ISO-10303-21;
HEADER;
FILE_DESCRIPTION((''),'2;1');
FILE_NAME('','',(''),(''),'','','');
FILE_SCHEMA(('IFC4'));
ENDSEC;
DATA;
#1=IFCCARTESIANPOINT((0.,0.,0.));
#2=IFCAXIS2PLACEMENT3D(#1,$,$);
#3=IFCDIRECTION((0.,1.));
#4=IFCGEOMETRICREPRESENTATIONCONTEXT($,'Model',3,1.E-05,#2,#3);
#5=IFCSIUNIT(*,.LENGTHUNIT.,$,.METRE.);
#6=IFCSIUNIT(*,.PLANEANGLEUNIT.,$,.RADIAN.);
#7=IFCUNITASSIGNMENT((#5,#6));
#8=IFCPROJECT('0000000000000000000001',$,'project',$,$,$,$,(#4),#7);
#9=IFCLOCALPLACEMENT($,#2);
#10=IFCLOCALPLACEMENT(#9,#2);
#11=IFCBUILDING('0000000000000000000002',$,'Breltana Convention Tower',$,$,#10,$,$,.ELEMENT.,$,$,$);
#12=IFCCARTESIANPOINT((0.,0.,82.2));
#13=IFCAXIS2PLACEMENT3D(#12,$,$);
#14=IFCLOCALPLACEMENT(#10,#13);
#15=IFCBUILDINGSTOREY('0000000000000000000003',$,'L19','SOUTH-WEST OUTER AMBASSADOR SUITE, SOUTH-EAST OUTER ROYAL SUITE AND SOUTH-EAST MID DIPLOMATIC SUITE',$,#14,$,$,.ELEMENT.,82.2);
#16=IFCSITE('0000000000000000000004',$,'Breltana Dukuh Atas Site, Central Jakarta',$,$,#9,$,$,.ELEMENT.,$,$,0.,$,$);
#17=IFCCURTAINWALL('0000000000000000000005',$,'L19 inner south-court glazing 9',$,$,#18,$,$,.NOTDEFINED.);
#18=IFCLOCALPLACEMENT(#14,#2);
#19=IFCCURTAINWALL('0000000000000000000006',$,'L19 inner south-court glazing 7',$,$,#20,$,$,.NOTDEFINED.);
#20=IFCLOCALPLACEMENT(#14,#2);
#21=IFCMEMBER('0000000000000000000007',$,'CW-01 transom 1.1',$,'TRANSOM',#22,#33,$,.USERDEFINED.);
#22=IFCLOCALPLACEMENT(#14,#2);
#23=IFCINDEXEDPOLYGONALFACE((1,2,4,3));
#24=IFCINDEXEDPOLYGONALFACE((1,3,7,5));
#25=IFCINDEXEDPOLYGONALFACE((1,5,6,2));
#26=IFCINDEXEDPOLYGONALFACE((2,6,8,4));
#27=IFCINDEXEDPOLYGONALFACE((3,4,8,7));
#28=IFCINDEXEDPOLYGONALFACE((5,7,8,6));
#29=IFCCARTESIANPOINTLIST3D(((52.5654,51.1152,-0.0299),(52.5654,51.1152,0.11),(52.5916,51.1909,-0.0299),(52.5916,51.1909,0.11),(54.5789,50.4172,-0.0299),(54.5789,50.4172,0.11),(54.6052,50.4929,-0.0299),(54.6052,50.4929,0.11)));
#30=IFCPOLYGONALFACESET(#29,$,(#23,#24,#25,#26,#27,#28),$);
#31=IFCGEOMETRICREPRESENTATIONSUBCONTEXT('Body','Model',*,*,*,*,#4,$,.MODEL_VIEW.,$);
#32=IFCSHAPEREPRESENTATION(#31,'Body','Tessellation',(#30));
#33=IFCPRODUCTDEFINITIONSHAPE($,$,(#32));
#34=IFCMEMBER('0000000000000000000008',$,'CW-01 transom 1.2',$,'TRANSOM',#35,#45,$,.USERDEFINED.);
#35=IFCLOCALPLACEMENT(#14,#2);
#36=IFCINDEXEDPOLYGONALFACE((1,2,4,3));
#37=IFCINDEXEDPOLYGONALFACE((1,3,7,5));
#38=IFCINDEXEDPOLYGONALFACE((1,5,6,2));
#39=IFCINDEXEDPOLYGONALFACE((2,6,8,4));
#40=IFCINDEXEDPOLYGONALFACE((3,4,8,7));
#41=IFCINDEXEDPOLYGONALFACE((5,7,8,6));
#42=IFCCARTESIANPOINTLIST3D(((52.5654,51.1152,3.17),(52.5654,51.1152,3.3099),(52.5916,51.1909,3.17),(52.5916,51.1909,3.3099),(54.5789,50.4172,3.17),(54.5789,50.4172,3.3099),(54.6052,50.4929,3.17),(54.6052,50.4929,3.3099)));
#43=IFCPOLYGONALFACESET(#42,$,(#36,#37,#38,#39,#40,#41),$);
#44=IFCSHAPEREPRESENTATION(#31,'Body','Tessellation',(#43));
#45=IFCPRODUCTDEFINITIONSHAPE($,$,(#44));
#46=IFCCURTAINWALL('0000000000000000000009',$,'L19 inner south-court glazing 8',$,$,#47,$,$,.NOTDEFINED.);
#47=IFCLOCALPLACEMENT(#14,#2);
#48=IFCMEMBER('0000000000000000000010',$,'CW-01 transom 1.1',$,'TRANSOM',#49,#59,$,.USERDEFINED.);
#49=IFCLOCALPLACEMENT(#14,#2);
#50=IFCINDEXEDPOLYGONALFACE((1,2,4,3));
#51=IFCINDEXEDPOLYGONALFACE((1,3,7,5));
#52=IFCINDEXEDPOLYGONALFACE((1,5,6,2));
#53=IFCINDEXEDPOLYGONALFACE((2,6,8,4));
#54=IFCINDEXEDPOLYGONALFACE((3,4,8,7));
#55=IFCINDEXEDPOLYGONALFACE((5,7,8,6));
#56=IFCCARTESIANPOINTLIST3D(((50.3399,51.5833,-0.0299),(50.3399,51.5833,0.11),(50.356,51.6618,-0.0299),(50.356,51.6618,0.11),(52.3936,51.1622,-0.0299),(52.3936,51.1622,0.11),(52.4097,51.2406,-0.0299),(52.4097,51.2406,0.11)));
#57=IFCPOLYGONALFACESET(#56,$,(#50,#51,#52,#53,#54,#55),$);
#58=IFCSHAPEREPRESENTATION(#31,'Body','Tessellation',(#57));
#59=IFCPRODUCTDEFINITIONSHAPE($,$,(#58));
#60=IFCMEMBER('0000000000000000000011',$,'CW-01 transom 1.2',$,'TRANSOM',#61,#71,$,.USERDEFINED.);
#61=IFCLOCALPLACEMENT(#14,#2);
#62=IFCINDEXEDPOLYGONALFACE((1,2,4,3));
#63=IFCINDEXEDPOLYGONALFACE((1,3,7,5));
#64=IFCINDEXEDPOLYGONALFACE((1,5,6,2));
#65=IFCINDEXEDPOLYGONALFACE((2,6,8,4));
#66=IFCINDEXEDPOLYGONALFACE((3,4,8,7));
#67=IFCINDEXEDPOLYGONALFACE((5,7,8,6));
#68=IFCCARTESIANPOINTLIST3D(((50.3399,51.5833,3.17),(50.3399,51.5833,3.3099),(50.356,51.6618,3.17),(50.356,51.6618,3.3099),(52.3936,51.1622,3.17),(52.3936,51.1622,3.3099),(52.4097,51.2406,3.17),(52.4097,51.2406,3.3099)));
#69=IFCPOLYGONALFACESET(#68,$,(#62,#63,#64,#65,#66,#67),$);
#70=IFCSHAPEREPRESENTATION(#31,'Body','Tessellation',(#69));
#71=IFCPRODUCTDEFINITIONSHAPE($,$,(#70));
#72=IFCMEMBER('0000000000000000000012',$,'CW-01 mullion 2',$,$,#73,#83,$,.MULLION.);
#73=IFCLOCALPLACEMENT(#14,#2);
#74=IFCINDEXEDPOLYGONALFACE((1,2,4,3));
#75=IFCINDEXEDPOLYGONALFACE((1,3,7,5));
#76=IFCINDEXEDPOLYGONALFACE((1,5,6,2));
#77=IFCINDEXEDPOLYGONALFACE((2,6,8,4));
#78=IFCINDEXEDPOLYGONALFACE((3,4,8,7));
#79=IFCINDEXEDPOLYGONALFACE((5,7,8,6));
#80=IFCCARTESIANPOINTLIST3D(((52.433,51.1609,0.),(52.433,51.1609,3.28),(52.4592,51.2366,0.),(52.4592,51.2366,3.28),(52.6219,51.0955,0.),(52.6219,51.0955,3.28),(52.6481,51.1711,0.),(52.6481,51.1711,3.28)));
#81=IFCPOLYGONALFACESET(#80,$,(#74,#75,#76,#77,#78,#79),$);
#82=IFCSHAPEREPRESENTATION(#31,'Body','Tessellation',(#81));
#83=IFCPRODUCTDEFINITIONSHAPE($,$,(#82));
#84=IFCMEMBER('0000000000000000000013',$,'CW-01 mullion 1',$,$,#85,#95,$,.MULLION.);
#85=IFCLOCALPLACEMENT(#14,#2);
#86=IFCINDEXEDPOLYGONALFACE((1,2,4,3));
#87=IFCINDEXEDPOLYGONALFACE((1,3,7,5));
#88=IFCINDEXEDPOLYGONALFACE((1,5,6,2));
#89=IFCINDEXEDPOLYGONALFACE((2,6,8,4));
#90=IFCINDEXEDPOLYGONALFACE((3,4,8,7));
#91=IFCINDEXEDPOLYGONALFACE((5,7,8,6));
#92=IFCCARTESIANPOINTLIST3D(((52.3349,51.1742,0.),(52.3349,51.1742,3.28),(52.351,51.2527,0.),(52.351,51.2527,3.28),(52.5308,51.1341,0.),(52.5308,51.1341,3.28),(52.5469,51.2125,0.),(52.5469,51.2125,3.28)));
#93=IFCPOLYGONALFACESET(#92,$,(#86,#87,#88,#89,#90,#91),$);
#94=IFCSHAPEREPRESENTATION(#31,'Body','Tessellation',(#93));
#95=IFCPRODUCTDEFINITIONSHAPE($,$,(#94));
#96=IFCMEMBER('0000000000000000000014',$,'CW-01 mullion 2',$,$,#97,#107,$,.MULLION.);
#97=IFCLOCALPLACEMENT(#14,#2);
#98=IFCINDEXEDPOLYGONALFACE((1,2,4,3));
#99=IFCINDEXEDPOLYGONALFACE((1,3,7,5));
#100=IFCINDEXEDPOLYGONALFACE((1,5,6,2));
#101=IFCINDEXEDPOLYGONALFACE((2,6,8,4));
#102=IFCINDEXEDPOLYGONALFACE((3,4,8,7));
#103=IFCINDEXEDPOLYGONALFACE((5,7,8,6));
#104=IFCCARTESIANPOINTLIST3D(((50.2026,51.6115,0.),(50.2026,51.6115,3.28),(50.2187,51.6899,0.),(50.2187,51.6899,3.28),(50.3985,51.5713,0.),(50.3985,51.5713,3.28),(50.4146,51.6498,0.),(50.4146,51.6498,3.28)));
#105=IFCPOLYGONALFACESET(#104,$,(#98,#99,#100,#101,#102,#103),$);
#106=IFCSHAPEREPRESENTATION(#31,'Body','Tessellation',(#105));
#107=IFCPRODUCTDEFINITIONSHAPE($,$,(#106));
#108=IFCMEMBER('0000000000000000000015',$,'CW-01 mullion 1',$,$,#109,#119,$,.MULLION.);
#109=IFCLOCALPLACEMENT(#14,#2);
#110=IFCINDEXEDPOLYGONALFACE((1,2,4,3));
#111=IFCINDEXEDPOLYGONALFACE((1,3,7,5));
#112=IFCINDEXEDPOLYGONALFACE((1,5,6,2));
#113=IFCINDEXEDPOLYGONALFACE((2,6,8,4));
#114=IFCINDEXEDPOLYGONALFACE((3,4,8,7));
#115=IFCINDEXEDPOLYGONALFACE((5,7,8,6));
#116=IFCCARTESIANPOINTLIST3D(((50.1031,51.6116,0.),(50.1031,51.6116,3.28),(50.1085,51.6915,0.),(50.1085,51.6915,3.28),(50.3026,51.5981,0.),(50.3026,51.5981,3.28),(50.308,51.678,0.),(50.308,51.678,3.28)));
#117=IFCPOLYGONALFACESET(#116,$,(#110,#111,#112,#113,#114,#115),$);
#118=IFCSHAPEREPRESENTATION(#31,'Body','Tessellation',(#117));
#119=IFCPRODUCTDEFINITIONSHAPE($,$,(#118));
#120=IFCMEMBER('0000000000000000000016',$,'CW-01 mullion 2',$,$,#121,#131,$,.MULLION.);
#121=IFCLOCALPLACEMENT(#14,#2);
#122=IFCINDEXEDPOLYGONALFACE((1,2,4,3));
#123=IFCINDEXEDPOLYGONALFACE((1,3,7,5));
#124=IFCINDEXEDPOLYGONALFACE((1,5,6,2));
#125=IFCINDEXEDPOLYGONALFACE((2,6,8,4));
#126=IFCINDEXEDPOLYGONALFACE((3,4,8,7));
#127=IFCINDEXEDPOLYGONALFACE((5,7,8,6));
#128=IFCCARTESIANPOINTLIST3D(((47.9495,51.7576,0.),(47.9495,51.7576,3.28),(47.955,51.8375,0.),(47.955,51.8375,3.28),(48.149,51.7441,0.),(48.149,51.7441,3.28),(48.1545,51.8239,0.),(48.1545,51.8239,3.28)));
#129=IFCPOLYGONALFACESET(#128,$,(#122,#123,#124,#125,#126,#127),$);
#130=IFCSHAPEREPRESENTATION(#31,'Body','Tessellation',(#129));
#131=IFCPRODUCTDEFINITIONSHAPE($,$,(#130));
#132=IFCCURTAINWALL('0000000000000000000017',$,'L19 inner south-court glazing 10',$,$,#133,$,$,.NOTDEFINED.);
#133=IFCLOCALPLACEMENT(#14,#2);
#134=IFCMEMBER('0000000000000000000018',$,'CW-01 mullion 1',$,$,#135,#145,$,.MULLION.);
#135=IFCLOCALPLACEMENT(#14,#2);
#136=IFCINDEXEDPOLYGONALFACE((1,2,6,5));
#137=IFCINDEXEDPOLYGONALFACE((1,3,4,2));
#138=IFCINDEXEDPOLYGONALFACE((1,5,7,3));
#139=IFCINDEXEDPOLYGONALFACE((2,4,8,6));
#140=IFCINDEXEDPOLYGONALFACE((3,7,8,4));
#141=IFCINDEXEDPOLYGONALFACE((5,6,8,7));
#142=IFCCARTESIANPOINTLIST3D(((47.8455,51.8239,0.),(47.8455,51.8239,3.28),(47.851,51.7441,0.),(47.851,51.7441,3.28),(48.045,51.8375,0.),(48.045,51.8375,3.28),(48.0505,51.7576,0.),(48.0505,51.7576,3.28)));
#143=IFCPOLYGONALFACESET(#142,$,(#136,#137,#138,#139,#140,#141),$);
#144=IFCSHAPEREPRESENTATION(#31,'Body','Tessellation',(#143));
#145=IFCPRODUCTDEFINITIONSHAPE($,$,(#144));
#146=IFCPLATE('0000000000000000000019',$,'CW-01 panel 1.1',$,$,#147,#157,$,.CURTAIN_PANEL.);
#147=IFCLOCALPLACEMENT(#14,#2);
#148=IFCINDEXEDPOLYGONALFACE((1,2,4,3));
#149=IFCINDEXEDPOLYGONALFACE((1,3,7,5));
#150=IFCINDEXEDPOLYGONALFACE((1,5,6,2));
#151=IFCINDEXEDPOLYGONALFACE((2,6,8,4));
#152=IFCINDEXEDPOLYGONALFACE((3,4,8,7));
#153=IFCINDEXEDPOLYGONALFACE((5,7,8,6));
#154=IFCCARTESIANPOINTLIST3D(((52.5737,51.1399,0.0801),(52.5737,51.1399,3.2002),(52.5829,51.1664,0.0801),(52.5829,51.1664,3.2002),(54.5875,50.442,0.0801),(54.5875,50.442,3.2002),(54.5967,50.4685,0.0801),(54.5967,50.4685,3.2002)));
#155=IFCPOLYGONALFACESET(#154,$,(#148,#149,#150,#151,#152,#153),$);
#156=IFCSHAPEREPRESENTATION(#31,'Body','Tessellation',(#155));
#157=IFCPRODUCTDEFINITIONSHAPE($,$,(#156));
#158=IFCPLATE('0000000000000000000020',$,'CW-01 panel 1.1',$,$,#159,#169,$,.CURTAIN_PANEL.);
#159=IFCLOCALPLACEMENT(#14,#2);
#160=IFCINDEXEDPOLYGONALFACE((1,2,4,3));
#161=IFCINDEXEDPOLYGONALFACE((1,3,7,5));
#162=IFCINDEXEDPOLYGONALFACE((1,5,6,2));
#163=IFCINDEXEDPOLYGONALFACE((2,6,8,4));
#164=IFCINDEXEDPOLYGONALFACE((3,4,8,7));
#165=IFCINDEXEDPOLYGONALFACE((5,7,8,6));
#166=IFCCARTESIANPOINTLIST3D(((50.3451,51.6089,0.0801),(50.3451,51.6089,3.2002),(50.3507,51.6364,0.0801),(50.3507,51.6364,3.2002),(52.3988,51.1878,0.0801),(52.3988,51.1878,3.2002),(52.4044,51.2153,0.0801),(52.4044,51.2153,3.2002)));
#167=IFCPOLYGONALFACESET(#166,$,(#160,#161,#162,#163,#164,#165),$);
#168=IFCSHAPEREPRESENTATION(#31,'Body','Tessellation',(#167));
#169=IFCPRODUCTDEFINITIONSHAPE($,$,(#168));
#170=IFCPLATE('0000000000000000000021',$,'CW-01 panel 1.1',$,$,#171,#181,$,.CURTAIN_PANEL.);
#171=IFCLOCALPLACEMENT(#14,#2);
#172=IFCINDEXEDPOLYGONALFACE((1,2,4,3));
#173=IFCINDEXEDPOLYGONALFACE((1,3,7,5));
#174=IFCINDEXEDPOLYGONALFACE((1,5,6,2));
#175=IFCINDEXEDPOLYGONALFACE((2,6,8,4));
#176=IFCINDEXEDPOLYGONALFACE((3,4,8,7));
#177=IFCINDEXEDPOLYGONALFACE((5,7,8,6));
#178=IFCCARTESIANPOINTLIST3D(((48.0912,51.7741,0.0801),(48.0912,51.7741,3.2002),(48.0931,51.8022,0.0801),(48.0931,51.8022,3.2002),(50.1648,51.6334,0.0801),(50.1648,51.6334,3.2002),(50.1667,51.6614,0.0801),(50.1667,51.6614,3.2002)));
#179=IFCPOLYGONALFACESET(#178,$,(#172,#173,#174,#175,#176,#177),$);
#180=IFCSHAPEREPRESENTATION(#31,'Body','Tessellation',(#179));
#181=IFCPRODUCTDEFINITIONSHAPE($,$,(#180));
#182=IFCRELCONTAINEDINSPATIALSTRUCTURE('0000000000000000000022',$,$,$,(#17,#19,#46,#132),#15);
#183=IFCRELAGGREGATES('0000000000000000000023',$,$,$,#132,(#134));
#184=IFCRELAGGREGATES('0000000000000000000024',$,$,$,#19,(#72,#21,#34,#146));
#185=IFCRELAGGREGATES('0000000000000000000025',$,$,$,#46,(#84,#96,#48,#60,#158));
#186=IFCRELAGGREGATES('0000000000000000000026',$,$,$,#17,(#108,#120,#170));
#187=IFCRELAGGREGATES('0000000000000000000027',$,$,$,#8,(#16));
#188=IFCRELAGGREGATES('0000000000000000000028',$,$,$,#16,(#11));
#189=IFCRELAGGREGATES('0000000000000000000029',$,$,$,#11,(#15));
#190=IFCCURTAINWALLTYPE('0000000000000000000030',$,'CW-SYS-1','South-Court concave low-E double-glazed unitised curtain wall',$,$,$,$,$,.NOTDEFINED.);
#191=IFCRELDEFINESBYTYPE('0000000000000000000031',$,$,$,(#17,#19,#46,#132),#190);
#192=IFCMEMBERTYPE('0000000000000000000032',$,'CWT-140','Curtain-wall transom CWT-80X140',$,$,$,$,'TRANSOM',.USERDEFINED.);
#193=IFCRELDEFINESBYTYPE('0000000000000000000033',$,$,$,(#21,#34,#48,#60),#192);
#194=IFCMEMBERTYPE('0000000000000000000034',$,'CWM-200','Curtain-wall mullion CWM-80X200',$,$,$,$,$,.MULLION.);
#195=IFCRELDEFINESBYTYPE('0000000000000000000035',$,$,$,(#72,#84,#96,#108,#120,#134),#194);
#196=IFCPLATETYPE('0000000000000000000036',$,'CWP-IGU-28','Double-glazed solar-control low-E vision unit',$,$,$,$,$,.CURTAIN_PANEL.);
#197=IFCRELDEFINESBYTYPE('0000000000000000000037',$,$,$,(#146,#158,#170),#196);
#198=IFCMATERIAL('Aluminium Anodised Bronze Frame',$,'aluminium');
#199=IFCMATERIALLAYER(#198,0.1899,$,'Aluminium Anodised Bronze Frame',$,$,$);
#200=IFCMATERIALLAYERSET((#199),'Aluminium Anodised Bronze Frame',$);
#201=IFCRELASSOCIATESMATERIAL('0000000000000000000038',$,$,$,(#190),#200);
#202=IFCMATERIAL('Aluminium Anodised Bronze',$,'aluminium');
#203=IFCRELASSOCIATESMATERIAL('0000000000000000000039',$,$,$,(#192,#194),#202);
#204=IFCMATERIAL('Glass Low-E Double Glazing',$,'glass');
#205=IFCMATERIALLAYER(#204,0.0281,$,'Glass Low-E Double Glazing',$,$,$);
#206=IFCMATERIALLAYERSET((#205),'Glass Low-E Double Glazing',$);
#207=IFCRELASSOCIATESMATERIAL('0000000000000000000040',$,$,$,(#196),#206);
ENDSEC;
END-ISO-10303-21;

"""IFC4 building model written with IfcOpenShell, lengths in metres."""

from ifc_helpers import new_model, si_unit, direction, frame, origin, origin_2d, place, context, subcontext, project, spatial, rectangle, extrude, source, transform, mapped, material, layer, layer_set, material_profile, profile_set, type_object, element, aggregate, save


model = new_model("IFC4")

# Units and contexts
model_context = context("Model", 3, precision=1e-05, world=origin(), true_north=direction((0.0, 1.0)))
body_context = subcontext(model_context, "Body", "Model", "MODEL_VIEW")
ifc_project = project(units=[si_unit("LENGTHUNIT", "METRE"), si_unit("PLANEANGLEUNIT", "RADIAN")], contexts=[model_context])

# Site, building, storey
site_placement = place(None, origin())
site = spatial("IfcSite", under=ifc_project, at=site_placement, Name="Breltana Dukuh Atas Site, Central Jakarta", CompositionType="ELEMENT", RefElevation=0.0)
building_placement = place(site_placement, origin())
building = spatial("IfcBuilding", under=site, at=building_placement, Name="Breltana Convention Tower", CompositionType="ELEMENT")
storey_placement = place(building_placement, frame((0.0, 0.0, 82.2)))
storey = spatial("IfcBuildingStorey", under=building, at=storey_placement, Name="L19", Description="SOUTH-WEST OUTER AMBASSADOR SUITE, SOUTH-EAST OUTER ROYAL SUITE AND SOUTH-EAST MID DIPLOMATIC SUITE", CompositionType="ELEMENT", Elevation=82.2)

# Curtain walls, members
ifc_material_1 = material(Name="Aluminium Anodised Bronze Frame", Category="aluminium")
ifc_layer_1 = layer(ifc_material_1, 0.1899, Name="Aluminium Anodised Bronze Frame")
ifc_layer_set_1 = layer_set([ifc_layer_1], Name="Aluminium Anodised Bronze Frame")
curtain_wall_type = type_object("IfcCurtainWallType", Name="CW-SYS-1", Description="South-Court concave low-E double-glazed unitised curtain wall", PredefinedType="NOTDEFINED", material=ifc_layer_set_1)
curtain_wall_1_placement = place(storey_placement, origin())
curtain_wall_1 = element("IfcCurtainWall", 1, at=curtain_wall_1_placement, inside=storey, type_object=curtain_wall_type, Name="L19 inner south-court glazing 9", PredefinedType="NOTDEFINED")
ifc_material_2 = material(Name="Aluminium Anodised Bronze", Category="aluminium")
ifc_material_profile_1 = material_profile(ifc_material_2, rectangle(XDim=0.0801, YDim=0.1399, at=origin_2d()), Name="CWT-80X140")
ifc_profile_set_1 = profile_set([ifc_material_profile_1], Name="Aluminium Anodised Bronze")
member_type_1 = type_object("IfcMemberType", Name="CWT-140", Description="Curtain-wall transom CWT-80X140", ElementType="TRANSOM", PredefinedType="USERDEFINED", material=ifc_profile_set_1)
curtain_wall_2_placement = place(storey_placement, origin())
curtain_wall_2 = element("IfcCurtainWall", 2, at=curtain_wall_2_placement, inside=storey, type_object=curtain_wall_type, Name="L19 inner south-court glazing 7", PredefinedType="NOTDEFINED")
shared_shape_1 = source(origin(), body_context, "Body", "SweptSolid", [
    extrude(rectangle(XDim=0.0801, YDim=0.1399, at=origin_2d()), origin(), (0.0, 0.0, 1.0), 2.1311),
])
member_1_placement = place(storey_placement, frame((54.592, 50.4551, 0.04), z_axis=(-0.944847, 0.327512, 0.0), x_axis=(-0.327512, -0.944847, 0.0)))
member_1 = element("IfcMember", 3, at=member_1_placement, type_object=member_type_1, Name="CW-01 transom 1.1", ObjectType="TRANSOM", PredefinedType="USERDEFINED", context=body_context, shape_type="MappedRepresentation", body=[
    mapped(shared_shape_1, transform((0.0, 0.0, 0.0), scale=1.0)),
])
member_2_placement = place(storey_placement, frame((54.592, 50.4551, 3.24), z_axis=(-0.944847, 0.327512, 0.0), x_axis=(-0.327512, -0.944847, 0.0)))
member_2 = element("IfcMember", 4, at=member_2_placement, type_object=member_type_1, Name="CW-01 transom 1.2", ObjectType="TRANSOM", PredefinedType="USERDEFINED", context=body_context, shape_type="MappedRepresentation", body=[
    mapped(shared_shape_1, transform((0.0, 0.0, 0.0), scale=1.0)),
])
curtain_wall_3_placement = place(storey_placement, origin())
curtain_wall_3 = element("IfcCurtainWall", 5, at=curtain_wall_3_placement, inside=storey, type_object=curtain_wall_type, Name="L19 inner south-court glazing 8", PredefinedType="NOTDEFINED")
shared_shape_2 = source(origin(), body_context, "Body", "SweptSolid", [
    extrude(rectangle(XDim=0.0801, YDim=0.1399, at=origin_2d()), origin(), (0.0, 0.0, 1.0), 2.0964),
])
member_3_placement = place(storey_placement, frame((52.4016, 51.2014, 0.04), z_axis=(-0.979615, 0.200884, 0.0), x_axis=(-0.200884, -0.979615, 0.0)))
member_3 = element("IfcMember", 6, at=member_3_placement, type_object=member_type_1, Name="CW-01 transom 1.1", ObjectType="TRANSOM", PredefinedType="USERDEFINED", context=body_context, shape_type="MappedRepresentation", body=[
    mapped(shared_shape_2, transform((0.0, 0.0, 0.0), scale=1.0)),
])
member_4_placement = place(storey_placement, frame((52.4016, 51.2014, 3.24), z_axis=(-0.979615, 0.200884, 0.0), x_axis=(-0.200884, -0.979615, 0.0)))
member_4 = element("IfcMember", 7, at=member_4_placement, type_object=member_type_1, Name="CW-01 transom 1.2", ObjectType="TRANSOM", PredefinedType="USERDEFINED", context=body_context, shape_type="MappedRepresentation", body=[
    mapped(shared_shape_2, transform((0.0, 0.0, 0.0), scale=1.0)),
])

# Members
ifc_material_profile_2 = material_profile(ifc_material_2, rectangle(XDim=0.0801, YDim=0.2, at=origin_2d()), Name="CWM-80X200")
ifc_profile_set_2 = profile_set([ifc_material_profile_2], Name="Aluminium Anodised Bronze")
member_type_2 = type_object("IfcMemberType", Name="CWM-200", Description="Curtain-wall mullion CWM-80X200", PredefinedType="MULLION", material=ifc_profile_set_2)
shared_shape_3 = source(origin(), body_context, "Body", "SweptSolid", [
    extrude(rectangle(XDim=0.0801, YDim=0.2, at=origin_2d()), origin(), (0.0, 0.0, 1.0), 3.28),
])
member_5_placement = place(storey_placement, frame((52.5405, 51.166, 0.0), z_axis=(0.0, 0.0, 1.0), x_axis=(-0.327413, -0.944881, 0.0)))
member_5 = element("IfcMember", 8, at=member_5_placement, type_object=member_type_2, Name="CW-01 mullion 2", PredefinedType="MULLION", context=body_context, shape_type="MappedRepresentation", body=[
    mapped(shared_shape_3, transform((0.0, 0.0, 0.0), scale=1.0)),
])
member_6_placement = place(storey_placement, frame((52.4409, 51.1934, 0.0), z_axis=(0.0, 0.0, 1.0), x_axis=(-0.200886, -0.979615, 0.0)))
member_6 = element("IfcMember", 9, at=member_6_placement, type_object=member_type_2, Name="CW-01 mullion 1", PredefinedType="MULLION", context=body_context, shape_type="MappedRepresentation", body=[
    mapped(shared_shape_3, transform((0.0, 0.0, 0.0), scale=1.0)),
])
member_7_placement = place(storey_placement, frame((50.3086, 51.6306, 0.0), z_axis=(0.0, 0.0, 1.0), x_axis=(-0.200886, -0.979615, 0.0)))
member_7 = element("IfcMember", 10, at=member_7_placement, type_object=member_type_2, Name="CW-01 mullion 2", PredefinedType="MULLION", context=body_context, shape_type="MappedRepresentation", body=[
    mapped(shared_shape_3, transform((0.0, 0.0, 0.0), scale=1.0)),
])
member_8_placement = place(storey_placement, frame((50.2056, 51.6448, 0.0), z_axis=(0.0, 0.0, 1.0), x_axis=(-0.067726, -0.997704, 0.0)))
member_8 = element("IfcMember", 11, at=member_8_placement, type_object=member_type_2, Name="CW-01 mullion 1", PredefinedType="MULLION", context=body_context, shape_type="MappedRepresentation", body=[
    mapped(shared_shape_3, transform((0.0, 0.0, 0.0), scale=1.0)),
])
member_9_placement = place(storey_placement, frame((48.052, 51.7908, 0.0), z_axis=(0.0, 0.0, 1.0), x_axis=(-0.067726, -0.997704, 0.0)))
member_9 = element("IfcMember", 12, at=member_9_placement, type_object=member_type_2, Name="CW-01 mullion 2", PredefinedType="MULLION", context=body_context, shape_type="MappedRepresentation", body=[
    mapped(shared_shape_3, transform((0.0, 0.0, 0.0), scale=1.0)),
])

# Curtain wall, member
curtain_wall_4_placement = place(storey_placement, origin())
curtain_wall_4 = element("IfcCurtainWall", 13, at=curtain_wall_4_placement, inside=storey, type_object=curtain_wall_type, Name="L19 inner south-court glazing 10", PredefinedType="NOTDEFINED")
member_10_placement = place(storey_placement, frame((47.948, 51.7908, 0.0), z_axis=(0.0, 0.0, 1.0), x_axis=(0.067726, -0.997704, 0.0)))
member_10 = element("IfcMember", 14, at=member_10_placement, type_object=member_type_2, Name="CW-01 mullion 1", PredefinedType="MULLION", context=body_context, shape_type="MappedRepresentation", body=[
    mapped(shared_shape_3, transform((0.0, 0.0, 0.0), scale=1.0)),
])
aggregate(curtain_wall_4, [member_10])

# Plates
ifc_material_3 = material(Name="Glass Low-E Double Glazing", Category="glass")
ifc_layer_2 = layer(ifc_material_3, 0.0281, Name="Glass Low-E Double Glazing")
ifc_layer_set_2 = layer_set([ifc_layer_2], Name="Glass Low-E Double Glazing")
plate_type = type_object("IfcPlateType", Name="CWP-IGU-28", Description="Double-glazed solar-control low-E vision unit", PredefinedType="CURTAIN_PANEL", material=ifc_layer_set_2)
shared_shape_4 = source(origin(), body_context, "Body", "SweptSolid", [
    extrude(rectangle(XDim=2.1313, YDim=0.0281, at=origin_2d()), origin(), (0.0, 0.0, 1.0), 3.1201),
])
plate_1_placement = place(storey_placement, frame((53.5852, 50.8042, 0.0801), z_axis=(0.0, 0.0, 1.0), x_axis=(-0.944881, 0.327413, 0.0)))
plate_1 = element("IfcPlate", 15, at=plate_1_placement, type_object=plate_type, Name="CW-01 panel 1.1", PredefinedType="CURTAIN_PANEL", context=body_context, shape_type="MappedRepresentation", body=[
    mapped(shared_shape_4, transform((0.0, 0.0, 0.0), scale=1.0)),
])
aggregate(curtain_wall_2, [member_5, member_1, member_2, plate_1])
shared_shape_5 = source(origin(), body_context, "Body", "SweptSolid", [
    extrude(rectangle(XDim=2.0964, YDim=0.0281, at=origin_2d()), origin(), (0.0, 0.0, 1.0), 3.1201),
])
plate_2_placement = place(storey_placement, frame((51.3748, 51.4121, 0.0801), z_axis=(0.0, 0.0, 1.0), x_axis=(-0.979615, 0.200886, 0.0)))
plate_2 = element("IfcPlate", 16, at=plate_2_placement, type_object=plate_type, Name="CW-01 panel 1.1", PredefinedType="CURTAIN_PANEL", context=body_context, shape_type="MappedRepresentation", body=[
    mapped(shared_shape_5, transform((0.0, 0.0, 0.0), scale=1.0)),
])
aggregate(curtain_wall_3, [member_6, member_7, member_3, member_4, plate_2])
shared_shape_6 = source(origin(), body_context, "Body", "SweptSolid", [
    extrude(rectangle(XDim=2.0784, YDim=0.0281, at=origin_2d()), origin(), (0.0, 0.0, 1.0), 3.1201),
])
plate_3_placement = place(storey_placement, frame((49.1289, 51.7178, 0.0801), z_axis=(0.0, 0.0, 1.0), x_axis=(-0.997704, 0.067726, 0.0)))
plate_3 = element("IfcPlate", 17, at=plate_3_placement, type_object=plate_type, Name="CW-01 panel 1.1", PredefinedType="CURTAIN_PANEL", context=body_context, shape_type="MappedRepresentation", body=[
    mapped(shared_shape_6, transform((0.0, 0.0, 0.0), scale=1.0)),
])
aggregate(curtain_wall_1, [member_8, member_9, plate_3])

save(model, "model.ifc")
